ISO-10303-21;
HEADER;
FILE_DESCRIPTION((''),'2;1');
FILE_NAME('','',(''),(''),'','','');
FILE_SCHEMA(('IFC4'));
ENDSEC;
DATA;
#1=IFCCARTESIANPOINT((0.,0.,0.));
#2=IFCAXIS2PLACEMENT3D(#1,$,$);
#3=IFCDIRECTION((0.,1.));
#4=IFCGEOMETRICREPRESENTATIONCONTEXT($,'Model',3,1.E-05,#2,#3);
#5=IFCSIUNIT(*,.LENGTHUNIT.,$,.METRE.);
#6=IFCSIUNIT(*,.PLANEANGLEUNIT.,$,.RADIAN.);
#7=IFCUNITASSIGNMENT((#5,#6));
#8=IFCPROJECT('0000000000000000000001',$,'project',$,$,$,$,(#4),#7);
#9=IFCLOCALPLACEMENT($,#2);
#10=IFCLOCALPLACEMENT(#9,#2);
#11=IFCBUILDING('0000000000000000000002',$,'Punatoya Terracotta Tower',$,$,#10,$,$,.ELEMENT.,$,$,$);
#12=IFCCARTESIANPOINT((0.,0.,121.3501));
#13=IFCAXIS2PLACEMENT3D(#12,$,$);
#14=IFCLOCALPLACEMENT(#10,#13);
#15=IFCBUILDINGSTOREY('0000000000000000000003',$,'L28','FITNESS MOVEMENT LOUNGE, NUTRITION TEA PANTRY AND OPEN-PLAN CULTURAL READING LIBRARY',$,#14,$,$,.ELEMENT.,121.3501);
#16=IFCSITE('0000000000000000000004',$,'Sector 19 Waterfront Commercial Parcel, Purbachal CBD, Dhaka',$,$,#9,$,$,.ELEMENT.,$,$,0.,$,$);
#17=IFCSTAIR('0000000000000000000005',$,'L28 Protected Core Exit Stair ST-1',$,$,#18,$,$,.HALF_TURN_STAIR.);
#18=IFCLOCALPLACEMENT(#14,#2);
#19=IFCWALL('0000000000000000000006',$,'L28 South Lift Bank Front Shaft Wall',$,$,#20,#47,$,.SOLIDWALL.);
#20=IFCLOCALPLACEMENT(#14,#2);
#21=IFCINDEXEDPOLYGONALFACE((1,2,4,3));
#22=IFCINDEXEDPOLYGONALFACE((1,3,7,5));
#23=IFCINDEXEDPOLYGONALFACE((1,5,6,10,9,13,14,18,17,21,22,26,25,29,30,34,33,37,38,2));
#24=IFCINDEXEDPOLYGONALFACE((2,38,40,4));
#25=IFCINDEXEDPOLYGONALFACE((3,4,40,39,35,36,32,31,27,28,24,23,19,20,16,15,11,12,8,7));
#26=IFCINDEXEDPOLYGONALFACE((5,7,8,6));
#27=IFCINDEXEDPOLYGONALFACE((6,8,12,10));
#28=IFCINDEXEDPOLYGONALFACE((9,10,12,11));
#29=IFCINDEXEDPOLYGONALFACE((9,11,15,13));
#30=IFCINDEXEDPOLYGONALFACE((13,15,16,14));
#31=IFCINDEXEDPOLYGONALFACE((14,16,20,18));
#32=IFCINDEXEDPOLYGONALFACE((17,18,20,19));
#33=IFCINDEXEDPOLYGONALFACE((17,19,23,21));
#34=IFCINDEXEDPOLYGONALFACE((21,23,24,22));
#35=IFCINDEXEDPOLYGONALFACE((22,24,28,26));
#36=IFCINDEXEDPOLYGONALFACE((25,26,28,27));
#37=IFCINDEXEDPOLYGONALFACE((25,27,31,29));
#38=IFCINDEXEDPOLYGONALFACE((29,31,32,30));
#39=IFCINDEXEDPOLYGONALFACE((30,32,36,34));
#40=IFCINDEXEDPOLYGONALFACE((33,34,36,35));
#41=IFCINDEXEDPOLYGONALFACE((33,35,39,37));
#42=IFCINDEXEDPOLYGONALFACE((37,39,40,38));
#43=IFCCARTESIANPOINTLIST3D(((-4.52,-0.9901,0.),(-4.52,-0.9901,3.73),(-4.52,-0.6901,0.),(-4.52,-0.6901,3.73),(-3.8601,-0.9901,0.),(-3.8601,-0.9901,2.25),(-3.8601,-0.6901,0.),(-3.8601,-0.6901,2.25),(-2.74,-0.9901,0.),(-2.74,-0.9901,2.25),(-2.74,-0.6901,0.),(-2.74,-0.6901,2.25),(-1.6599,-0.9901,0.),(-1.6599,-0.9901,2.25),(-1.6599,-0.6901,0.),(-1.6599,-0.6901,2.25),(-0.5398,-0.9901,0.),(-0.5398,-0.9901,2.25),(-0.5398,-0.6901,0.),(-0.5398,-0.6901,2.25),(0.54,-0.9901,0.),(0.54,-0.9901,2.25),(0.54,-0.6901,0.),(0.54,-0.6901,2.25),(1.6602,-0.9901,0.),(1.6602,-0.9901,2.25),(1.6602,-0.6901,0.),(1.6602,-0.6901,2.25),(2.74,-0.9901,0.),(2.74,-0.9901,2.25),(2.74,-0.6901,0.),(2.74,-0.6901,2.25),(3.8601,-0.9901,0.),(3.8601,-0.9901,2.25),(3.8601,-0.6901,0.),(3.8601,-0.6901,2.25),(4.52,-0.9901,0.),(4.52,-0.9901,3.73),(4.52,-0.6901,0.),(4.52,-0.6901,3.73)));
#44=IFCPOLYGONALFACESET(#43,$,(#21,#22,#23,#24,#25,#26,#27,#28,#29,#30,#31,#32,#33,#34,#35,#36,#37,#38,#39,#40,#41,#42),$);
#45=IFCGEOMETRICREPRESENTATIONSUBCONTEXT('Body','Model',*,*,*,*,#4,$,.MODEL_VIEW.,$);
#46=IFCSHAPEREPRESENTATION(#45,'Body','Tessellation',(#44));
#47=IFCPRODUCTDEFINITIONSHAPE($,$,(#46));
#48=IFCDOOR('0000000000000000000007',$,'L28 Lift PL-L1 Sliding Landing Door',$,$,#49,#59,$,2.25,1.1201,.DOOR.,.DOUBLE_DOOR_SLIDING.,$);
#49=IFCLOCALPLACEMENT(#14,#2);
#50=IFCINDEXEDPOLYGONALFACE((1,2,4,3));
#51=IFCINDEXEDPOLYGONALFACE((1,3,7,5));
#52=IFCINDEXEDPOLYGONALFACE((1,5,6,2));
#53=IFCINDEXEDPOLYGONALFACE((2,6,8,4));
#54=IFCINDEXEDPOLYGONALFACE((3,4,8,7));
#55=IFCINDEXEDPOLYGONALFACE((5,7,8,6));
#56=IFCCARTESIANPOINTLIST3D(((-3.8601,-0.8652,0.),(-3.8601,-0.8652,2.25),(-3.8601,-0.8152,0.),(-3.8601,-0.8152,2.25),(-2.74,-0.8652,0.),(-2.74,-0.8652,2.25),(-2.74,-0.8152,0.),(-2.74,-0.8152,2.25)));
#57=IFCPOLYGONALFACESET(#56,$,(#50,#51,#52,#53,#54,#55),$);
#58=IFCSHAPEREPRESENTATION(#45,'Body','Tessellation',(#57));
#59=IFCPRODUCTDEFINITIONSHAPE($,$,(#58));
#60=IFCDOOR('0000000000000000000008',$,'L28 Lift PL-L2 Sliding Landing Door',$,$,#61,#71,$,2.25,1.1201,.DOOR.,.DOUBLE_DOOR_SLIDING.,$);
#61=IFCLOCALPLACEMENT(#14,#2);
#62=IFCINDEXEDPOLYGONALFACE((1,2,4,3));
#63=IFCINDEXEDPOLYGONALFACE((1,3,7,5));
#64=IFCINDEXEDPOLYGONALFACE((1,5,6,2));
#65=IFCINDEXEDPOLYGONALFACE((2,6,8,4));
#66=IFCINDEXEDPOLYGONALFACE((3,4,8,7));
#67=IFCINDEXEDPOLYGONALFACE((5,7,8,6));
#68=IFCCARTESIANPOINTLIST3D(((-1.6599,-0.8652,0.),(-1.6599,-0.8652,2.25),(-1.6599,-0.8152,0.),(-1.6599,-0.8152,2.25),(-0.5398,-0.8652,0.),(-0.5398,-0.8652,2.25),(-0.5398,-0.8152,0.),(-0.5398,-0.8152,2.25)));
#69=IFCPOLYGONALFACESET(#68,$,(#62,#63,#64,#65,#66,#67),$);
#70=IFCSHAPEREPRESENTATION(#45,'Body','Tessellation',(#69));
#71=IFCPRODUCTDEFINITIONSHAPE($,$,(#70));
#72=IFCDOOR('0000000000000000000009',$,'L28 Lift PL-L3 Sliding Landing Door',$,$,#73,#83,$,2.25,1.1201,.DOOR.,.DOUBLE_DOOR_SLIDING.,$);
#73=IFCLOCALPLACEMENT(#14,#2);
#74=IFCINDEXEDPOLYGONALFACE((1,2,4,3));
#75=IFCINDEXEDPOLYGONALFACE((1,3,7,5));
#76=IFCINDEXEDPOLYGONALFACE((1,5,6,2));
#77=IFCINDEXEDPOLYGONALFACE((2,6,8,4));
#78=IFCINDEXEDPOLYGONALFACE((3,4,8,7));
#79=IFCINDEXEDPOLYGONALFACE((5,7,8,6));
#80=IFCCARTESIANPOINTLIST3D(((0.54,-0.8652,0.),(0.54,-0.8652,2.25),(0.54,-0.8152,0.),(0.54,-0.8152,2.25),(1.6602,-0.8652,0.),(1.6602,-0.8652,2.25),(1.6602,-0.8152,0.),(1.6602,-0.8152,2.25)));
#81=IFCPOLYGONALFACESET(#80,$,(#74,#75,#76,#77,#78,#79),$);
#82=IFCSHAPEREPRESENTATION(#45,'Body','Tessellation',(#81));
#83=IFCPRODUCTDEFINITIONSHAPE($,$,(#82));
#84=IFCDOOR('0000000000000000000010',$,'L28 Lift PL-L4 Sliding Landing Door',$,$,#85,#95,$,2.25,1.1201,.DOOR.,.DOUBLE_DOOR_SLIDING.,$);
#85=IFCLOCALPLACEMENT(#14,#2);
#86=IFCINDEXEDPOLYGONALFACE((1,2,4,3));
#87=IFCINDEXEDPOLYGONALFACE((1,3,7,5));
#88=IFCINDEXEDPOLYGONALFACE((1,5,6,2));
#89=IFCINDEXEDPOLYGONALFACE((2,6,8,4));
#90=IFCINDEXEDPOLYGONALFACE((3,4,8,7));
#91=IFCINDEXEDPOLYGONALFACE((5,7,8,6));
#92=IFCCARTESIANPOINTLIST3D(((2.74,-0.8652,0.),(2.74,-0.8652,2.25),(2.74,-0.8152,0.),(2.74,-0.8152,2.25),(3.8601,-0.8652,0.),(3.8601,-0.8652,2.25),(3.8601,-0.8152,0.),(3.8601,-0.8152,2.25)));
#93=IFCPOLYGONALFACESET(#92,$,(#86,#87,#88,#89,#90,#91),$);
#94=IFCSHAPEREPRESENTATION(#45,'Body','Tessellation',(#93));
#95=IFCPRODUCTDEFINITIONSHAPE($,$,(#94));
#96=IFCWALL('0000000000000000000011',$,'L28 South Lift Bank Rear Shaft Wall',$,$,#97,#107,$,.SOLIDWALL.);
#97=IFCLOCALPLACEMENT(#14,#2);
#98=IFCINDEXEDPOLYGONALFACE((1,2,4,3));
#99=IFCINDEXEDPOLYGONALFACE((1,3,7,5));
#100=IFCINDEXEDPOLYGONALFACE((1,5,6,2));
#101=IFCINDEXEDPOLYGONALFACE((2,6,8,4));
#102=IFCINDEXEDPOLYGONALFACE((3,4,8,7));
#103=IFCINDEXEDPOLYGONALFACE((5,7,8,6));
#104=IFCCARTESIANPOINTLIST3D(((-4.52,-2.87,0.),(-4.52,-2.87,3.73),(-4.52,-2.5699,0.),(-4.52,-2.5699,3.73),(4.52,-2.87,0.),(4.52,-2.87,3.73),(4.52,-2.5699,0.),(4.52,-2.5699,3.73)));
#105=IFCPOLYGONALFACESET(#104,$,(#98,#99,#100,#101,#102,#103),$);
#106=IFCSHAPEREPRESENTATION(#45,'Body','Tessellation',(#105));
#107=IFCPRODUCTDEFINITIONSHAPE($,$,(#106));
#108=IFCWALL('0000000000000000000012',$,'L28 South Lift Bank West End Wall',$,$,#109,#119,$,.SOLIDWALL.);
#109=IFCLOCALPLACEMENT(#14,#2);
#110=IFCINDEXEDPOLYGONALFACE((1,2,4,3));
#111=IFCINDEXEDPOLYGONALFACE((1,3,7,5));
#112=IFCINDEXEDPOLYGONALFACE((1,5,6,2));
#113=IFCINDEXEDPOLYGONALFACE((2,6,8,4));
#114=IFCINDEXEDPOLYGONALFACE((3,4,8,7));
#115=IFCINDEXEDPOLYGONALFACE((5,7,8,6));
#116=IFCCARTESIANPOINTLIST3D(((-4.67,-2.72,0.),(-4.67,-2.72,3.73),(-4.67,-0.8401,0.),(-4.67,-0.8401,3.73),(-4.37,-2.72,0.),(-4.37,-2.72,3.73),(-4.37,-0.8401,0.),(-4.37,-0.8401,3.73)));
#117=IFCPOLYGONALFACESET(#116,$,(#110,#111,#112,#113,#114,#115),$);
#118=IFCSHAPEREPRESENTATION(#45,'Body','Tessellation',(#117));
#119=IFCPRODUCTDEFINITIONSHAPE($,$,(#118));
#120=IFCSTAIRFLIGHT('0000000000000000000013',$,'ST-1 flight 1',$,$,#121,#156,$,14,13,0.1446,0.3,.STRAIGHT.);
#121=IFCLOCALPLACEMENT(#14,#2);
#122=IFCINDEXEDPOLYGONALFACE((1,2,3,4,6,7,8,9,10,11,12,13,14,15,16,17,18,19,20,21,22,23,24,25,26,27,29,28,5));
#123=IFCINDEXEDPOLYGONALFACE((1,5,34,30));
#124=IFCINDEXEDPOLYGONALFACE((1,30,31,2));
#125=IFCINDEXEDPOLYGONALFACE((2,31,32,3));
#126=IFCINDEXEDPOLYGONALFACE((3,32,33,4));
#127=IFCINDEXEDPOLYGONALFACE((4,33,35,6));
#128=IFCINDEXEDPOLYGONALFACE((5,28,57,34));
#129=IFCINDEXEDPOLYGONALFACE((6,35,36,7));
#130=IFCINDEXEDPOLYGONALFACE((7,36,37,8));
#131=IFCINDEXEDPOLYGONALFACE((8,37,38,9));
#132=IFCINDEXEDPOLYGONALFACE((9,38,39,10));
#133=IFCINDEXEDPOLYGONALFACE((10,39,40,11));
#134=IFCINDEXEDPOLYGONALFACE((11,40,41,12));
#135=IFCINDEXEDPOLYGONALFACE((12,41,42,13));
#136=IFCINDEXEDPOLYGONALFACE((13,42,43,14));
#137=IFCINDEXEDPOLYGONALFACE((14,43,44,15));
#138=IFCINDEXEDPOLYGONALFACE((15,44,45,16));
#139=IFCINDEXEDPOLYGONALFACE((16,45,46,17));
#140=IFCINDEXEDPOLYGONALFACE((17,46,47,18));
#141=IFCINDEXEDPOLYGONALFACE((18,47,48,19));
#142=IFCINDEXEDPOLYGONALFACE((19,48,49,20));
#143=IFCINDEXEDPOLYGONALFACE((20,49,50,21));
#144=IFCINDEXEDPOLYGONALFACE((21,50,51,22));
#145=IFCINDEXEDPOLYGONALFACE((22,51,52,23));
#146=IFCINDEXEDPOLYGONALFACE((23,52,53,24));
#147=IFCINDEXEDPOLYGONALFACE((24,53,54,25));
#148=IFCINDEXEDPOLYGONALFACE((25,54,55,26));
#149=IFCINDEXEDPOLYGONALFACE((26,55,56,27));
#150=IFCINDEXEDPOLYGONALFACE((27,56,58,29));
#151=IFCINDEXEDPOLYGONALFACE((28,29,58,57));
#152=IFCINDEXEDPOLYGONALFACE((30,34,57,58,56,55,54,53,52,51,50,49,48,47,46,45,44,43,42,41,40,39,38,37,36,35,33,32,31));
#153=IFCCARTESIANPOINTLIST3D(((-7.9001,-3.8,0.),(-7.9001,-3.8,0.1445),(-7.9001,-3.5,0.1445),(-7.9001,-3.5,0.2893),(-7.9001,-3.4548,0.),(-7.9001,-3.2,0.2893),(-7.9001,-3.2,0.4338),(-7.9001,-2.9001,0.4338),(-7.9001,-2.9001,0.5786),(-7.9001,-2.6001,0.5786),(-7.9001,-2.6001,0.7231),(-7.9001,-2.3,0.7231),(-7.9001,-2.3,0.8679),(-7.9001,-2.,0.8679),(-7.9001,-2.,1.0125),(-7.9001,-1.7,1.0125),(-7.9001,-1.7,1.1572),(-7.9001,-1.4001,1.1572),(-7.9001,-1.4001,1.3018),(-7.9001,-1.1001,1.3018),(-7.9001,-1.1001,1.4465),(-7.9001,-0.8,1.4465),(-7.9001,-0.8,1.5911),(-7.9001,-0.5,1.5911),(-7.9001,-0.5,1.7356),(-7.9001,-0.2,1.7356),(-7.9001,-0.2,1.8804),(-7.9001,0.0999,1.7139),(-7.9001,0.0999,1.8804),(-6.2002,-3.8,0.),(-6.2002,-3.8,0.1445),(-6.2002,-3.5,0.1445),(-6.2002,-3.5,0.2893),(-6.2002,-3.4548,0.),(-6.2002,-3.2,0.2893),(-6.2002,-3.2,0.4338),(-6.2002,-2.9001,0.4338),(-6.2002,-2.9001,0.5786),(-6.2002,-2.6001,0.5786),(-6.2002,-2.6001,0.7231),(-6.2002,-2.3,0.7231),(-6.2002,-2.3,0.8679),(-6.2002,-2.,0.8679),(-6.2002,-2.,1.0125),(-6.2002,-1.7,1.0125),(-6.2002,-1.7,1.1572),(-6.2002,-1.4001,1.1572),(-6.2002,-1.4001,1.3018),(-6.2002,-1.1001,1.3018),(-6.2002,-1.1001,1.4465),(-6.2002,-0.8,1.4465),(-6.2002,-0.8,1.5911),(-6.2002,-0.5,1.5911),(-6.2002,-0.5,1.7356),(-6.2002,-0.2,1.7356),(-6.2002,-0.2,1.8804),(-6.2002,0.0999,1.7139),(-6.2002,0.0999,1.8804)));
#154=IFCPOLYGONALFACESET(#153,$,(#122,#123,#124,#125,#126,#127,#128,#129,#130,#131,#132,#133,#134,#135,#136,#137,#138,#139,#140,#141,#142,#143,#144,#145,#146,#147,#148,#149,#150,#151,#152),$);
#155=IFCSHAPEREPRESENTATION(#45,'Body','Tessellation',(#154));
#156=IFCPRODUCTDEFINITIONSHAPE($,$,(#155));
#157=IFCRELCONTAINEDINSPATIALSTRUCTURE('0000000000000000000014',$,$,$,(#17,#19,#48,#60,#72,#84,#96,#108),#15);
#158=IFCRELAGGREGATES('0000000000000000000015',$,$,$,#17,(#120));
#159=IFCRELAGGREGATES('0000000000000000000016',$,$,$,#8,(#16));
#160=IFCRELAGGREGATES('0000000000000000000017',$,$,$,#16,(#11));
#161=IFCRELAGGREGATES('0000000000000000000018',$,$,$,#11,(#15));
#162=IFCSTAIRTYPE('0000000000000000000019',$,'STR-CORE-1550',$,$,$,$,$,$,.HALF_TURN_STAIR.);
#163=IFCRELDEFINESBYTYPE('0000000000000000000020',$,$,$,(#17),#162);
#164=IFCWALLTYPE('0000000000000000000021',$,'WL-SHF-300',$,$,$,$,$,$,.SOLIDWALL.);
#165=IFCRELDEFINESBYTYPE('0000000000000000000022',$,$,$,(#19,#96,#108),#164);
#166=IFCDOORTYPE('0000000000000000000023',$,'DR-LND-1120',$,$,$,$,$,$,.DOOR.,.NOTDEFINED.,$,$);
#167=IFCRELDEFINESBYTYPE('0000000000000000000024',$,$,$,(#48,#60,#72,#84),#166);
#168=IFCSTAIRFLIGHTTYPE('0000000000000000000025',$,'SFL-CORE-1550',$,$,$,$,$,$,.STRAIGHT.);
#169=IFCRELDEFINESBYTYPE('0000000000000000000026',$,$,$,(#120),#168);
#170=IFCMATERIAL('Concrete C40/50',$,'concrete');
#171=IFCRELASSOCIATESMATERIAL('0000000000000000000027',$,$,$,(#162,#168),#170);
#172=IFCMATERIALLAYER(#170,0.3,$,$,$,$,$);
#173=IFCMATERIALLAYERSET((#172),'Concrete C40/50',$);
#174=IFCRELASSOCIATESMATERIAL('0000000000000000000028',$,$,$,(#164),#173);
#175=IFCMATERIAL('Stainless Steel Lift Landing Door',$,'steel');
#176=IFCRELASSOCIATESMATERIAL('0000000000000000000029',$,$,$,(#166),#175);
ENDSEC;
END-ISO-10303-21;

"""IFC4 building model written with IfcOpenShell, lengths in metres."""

from ifc_helpers import new_model, si_unit, direction, frame, frame_2d, origin, place, context, subcontext, project, spatial, polyline, rectangle, outline, extrude, material, layer, layer_set, type_object, element, fill, aggregate, save


model = new_model("IFC4")

# Units and contexts
model_context = context("Model", 3, precision=1e-05, world=origin(), true_north=direction((0.0, 1.0)))
body_context = subcontext(model_context, "Body", "Model", "MODEL_VIEW")
ifc_project = project(units=[si_unit("LENGTHUNIT", "METRE"), si_unit("PLANEANGLEUNIT", "RADIAN")], contexts=[model_context])

# Site, building, storey
site_placement = place(None, origin())
site = spatial("IfcSite", under=ifc_project, at=site_placement, Name="Sector 19 Waterfront Commercial Parcel, Purbachal CBD, Dhaka", CompositionType="ELEMENT", RefElevation=0.0)
building_placement = place(site_placement, origin())
building = spatial("IfcBuilding", under=site, at=building_placement, Name="Punatoya Terracotta Tower", CompositionType="ELEMENT")
storey_placement = place(building_placement, frame((0.0, 0.0, 121.3501)))
storey = spatial("IfcBuildingStorey", under=building, at=storey_placement, Name="L28", Description="FITNESS MOVEMENT LOUNGE, NUTRITION TEA PANTRY AND OPEN-PLAN CULTURAL READING LIBRARY", CompositionType="ELEMENT", Elevation=121.3501)

# Stair
ifc_material_1 = material(Name="Concrete C40/50", Category="concrete")
stair_type_1 = type_object("IfcStairType", Name="STR-CORE-1550", PredefinedType="HALF_TURN_STAIR", material=ifc_material_1)
stair_1_placement = place(storey_placement, origin())
stair_1 = element("IfcStair", 1, at=stair_1_placement, inside=storey, type_object=stair_type_1, Name="L28 Protected Core Exit Stair ST-1", PredefinedType="HALF_TURN_STAIR")

# Wall, openings, doors
ifc_layer_1 = layer(ifc_material_1, 0.3)
ifc_layer_set_1 = layer_set([ifc_layer_1], Name="Concrete C40/50")
wall_type_1 = type_object("IfcWallType", Name="WL-SHF-300", PredefinedType="SOLIDWALL", material=ifc_layer_set_1)
wall_1_placement = place(storey_placement, frame((-4.52, -0.8401, 0.0), z_axis=(0.0, 0.0, 1.0), x_axis=(1.0, 0.0, 0.0)))
wall_1 = element("IfcWall", 2, at=wall_1_placement, inside=storey, type_object=wall_type_1, Name="L28 South Lift Bank Front Shaft Wall", PredefinedType="SOLIDWALL", context=body_context, shape_type="SweptSolid", body=[
    extrude(rectangle(XDim=9.04, YDim=0.3, at=frame_2d((4.52, 0.0))), origin(), (0.0, 0.0, 1.0), 3.73),
])
opening_1_placement = place(wall_1_placement, frame((0.6599, 0.0, 0.0)))
opening_1 = element("IfcOpeningElement", 3, at=opening_1_placement, cuts=wall_1, PredefinedType="OPENING", context=body_context, shape_type="SweptSolid", body=[
    extrude(rectangle(XDim=1.1201, YDim=2.25, at=frame_2d((0.5601, 1.125))), frame((0.0, 0.1599, 0.0), z_axis=(0.0, -1.0, 0.0), x_axis=(1.0, 0.0, 0.0)), (0.0, 0.0, 1.0), 0.3201),
])
opening_2_placement = place(wall_1_placement, frame((2.8601, 0.0, 0.0)))
opening_2 = element("IfcOpeningElement", 4, at=opening_2_placement, cuts=wall_1, PredefinedType="OPENING", context=body_context, shape_type="SweptSolid", body=[
    extrude(rectangle(XDim=1.1201, YDim=2.25, at=frame_2d((0.5601, 1.125))), frame((0.0, 0.1599, 0.0), z_axis=(0.0, -1.0, 0.0), x_axis=(1.0, 0.0, 0.0)), (0.0, 0.0, 1.0), 0.3201),
])
opening_3_placement = place(wall_1_placement, frame((5.0601, 0.0, 0.0)))
opening_3 = element("IfcOpeningElement", 5, at=opening_3_placement, cuts=wall_1, PredefinedType="OPENING", context=body_context, shape_type="SweptSolid", body=[
    extrude(rectangle(XDim=1.1201, YDim=2.25, at=frame_2d((0.5601, 1.125))), frame((0.0, 0.1599, 0.0), z_axis=(0.0, -1.0, 0.0), x_axis=(1.0, 0.0, 0.0)), (0.0, 0.0, 1.0), 0.3201),
])
opening_4_placement = place(wall_1_placement, frame((7.26, 0.0, 0.0)))
opening_4 = element("IfcOpeningElement", 6, at=opening_4_placement, cuts=wall_1, PredefinedType="OPENING", context=body_context, shape_type="SweptSolid", body=[
    extrude(rectangle(XDim=1.1201, YDim=2.25, at=frame_2d((0.5601, 1.125))), frame((0.0, 0.1599, 0.0), z_axis=(0.0, -1.0, 0.0), x_axis=(1.0, 0.0, 0.0)), (0.0, 0.0, 1.0), 0.3201),
])
ifc_material_2 = material(Name="Stainless Steel Lift Landing Door", Category="steel")
door_type_1 = type_object("IfcDoorType", Name="DR-LND-1120", OperationType="NOTDEFINED", PredefinedType="DOOR", material=ifc_material_2)
door_1_placement = place(opening_1_placement, origin())
door_1 = element("IfcDoor", 7, at=door_1_placement, inside=storey, type_object=door_type_1, Name="L28 Lift PL-L1 Sliding Landing Door", OperationType="DOUBLE_DOOR_SLIDING", OverallHeight=2.25, OverallWidth=1.1201, PredefinedType="DOOR", context=body_context, shape_type="SweptSolid", body=[
    extrude(rectangle(XDim=1.1201, YDim=2.25, at=frame_2d((0.5601, 1.125))), frame((0.0, 0.0249, 0.0), z_axis=(0.0, -1.0, 0.0), x_axis=(1.0, 0.0, 0.0)), (0.0, 0.0, 1.0), 0.05),
])
fill(opening_1, door_1)
door_2_placement = place(opening_2_placement, origin())
door_2 = element("IfcDoor", 8, at=door_2_placement, inside=storey, type_object=door_type_1, Name="L28 Lift PL-L2 Sliding Landing Door", OperationType="DOUBLE_DOOR_SLIDING", OverallHeight=2.25, OverallWidth=1.1201, PredefinedType="DOOR", context=body_context, shape_type="SweptSolid", body=[
    extrude(rectangle(XDim=1.1201, YDim=2.25, at=frame_2d((0.5601, 1.125))), frame((0.0, 0.0249, 0.0), z_axis=(0.0, -1.0, 0.0), x_axis=(1.0, 0.0, 0.0)), (0.0, 0.0, 1.0), 0.05),
])
fill(opening_2, door_2)
door_3_placement = place(opening_3_placement, origin())
door_3 = element("IfcDoor", 9, at=door_3_placement, inside=storey, type_object=door_type_1, Name="L28 Lift PL-L3 Sliding Landing Door", OperationType="DOUBLE_DOOR_SLIDING", OverallHeight=2.25, OverallWidth=1.1201, PredefinedType="DOOR", context=body_context, shape_type="SweptSolid", body=[
    extrude(rectangle(XDim=1.1201, YDim=2.25, at=frame_2d((0.5601, 1.125))), frame((0.0, 0.0249, 0.0), z_axis=(0.0, -1.0, 0.0), x_axis=(1.0, 0.0, 0.0)), (0.0, 0.0, 1.0), 0.05),
])
fill(opening_3, door_3)
door_4_placement = place(opening_4_placement, origin())
door_4 = element("IfcDoor", 10, at=door_4_placement, inside=storey, type_object=door_type_1, Name="L28 Lift PL-L4 Sliding Landing Door", OperationType="DOUBLE_DOOR_SLIDING", OverallHeight=2.25, OverallWidth=1.1201, PredefinedType="DOOR", context=body_context, shape_type="SweptSolid", body=[
    extrude(rectangle(XDim=1.1201, YDim=2.25, at=frame_2d((0.5601, 1.125))), frame((0.0, 0.0249, 0.0), z_axis=(0.0, -1.0, 0.0), x_axis=(1.0, 0.0, 0.0)), (0.0, 0.0, 1.0), 0.05),
])
fill(opening_4, door_4)

# Walls
wall_2_placement = place(storey_placement, frame((-4.52, -2.72, 0.0), z_axis=(0.0, 0.0, 1.0), x_axis=(1.0, 0.0, 0.0)))
element("IfcWall", 11, at=wall_2_placement, inside=storey, type_object=wall_type_1, Name="L28 South Lift Bank Rear Shaft Wall", PredefinedType="SOLIDWALL", context=body_context, shape_type="SweptSolid", body=[
    extrude(rectangle(XDim=9.04, YDim=0.3, at=frame_2d((4.52, 0.0))), origin(), (0.0, 0.0, 1.0), 3.73),
])
wall_3_placement = place(storey_placement, frame((-4.52, -2.72, 0.0), z_axis=(0.0, 0.0, 1.0), x_axis=(0.0, 1.0, 0.0)))
element("IfcWall", 12, at=wall_3_placement, inside=storey, type_object=wall_type_1, Name="L28 South Lift Bank West End Wall", PredefinedType="SOLIDWALL", context=body_context, shape_type="SweptSolid", body=[
    extrude(rectangle(XDim=1.8799, YDim=0.3, at=frame_2d((0.9399, 0.0))), origin(), (0.0, 0.0, 1.0), 3.73),
])

# Stair flight
stair_flight_type = type_object("IfcStairFlightType", Name="SFL-CORE-1550", PredefinedType="STRAIGHT", material=ifc_material_1)
stair_flight_placement = place(storey_placement, frame((-7.05, -3.8, 0.0), z_axis=(0.0, 0.0, 1.0), x_axis=(0.0, 1.0, 0.0)))
stair_flight = element("IfcStairFlight", 13, at=stair_flight_placement, type_object=stair_flight_type, Name="ST-1 flight 1", NumberOfRisers=14, NumberOfTreads=13, PredefinedType="STRAIGHT", RiserHeight=0.1446, TreadLength=0.3, context=body_context, shape_type="SweptSolid", body=[
    extrude(outline(polyline([(0.0, 0.0), (0.0, 0.1445), (0.3, 0.1445), (0.3, 0.2893), (0.6001, 0.2893), (0.6001, 0.4338), (0.8999, 0.4338), (0.8999, 0.5786), (1.2, 0.5786), (1.2, 0.7231), (1.5, 0.7231), (1.5, 0.8679), (1.8, 0.8679), (1.8, 1.0125), (2.1001, 1.0125), (2.1001, 1.1572), (2.3999, 1.1572), (2.3999, 1.3018), (2.7, 1.3018), (2.7, 1.4465), (3.0, 1.4465), (3.0, 1.5911), (3.3, 1.5911), (3.3, 1.7356), (3.6001, 1.7356), (3.6001, 1.8804), (3.8999, 1.8804), (3.8999, 2.0249), (3.8999, 1.7139), (0.3452, 0.0), (0.0, 0.0)])), frame((0.0, 0.8501, 0.0), z_axis=(0.0, -1.0, 0.0), x_axis=(1.0, 0.0, 0.0)), (0.0, 0.0, 1.0), 1.7),
])
aggregate(stair_1, [stair_flight])

save(model, "model.ifc")
